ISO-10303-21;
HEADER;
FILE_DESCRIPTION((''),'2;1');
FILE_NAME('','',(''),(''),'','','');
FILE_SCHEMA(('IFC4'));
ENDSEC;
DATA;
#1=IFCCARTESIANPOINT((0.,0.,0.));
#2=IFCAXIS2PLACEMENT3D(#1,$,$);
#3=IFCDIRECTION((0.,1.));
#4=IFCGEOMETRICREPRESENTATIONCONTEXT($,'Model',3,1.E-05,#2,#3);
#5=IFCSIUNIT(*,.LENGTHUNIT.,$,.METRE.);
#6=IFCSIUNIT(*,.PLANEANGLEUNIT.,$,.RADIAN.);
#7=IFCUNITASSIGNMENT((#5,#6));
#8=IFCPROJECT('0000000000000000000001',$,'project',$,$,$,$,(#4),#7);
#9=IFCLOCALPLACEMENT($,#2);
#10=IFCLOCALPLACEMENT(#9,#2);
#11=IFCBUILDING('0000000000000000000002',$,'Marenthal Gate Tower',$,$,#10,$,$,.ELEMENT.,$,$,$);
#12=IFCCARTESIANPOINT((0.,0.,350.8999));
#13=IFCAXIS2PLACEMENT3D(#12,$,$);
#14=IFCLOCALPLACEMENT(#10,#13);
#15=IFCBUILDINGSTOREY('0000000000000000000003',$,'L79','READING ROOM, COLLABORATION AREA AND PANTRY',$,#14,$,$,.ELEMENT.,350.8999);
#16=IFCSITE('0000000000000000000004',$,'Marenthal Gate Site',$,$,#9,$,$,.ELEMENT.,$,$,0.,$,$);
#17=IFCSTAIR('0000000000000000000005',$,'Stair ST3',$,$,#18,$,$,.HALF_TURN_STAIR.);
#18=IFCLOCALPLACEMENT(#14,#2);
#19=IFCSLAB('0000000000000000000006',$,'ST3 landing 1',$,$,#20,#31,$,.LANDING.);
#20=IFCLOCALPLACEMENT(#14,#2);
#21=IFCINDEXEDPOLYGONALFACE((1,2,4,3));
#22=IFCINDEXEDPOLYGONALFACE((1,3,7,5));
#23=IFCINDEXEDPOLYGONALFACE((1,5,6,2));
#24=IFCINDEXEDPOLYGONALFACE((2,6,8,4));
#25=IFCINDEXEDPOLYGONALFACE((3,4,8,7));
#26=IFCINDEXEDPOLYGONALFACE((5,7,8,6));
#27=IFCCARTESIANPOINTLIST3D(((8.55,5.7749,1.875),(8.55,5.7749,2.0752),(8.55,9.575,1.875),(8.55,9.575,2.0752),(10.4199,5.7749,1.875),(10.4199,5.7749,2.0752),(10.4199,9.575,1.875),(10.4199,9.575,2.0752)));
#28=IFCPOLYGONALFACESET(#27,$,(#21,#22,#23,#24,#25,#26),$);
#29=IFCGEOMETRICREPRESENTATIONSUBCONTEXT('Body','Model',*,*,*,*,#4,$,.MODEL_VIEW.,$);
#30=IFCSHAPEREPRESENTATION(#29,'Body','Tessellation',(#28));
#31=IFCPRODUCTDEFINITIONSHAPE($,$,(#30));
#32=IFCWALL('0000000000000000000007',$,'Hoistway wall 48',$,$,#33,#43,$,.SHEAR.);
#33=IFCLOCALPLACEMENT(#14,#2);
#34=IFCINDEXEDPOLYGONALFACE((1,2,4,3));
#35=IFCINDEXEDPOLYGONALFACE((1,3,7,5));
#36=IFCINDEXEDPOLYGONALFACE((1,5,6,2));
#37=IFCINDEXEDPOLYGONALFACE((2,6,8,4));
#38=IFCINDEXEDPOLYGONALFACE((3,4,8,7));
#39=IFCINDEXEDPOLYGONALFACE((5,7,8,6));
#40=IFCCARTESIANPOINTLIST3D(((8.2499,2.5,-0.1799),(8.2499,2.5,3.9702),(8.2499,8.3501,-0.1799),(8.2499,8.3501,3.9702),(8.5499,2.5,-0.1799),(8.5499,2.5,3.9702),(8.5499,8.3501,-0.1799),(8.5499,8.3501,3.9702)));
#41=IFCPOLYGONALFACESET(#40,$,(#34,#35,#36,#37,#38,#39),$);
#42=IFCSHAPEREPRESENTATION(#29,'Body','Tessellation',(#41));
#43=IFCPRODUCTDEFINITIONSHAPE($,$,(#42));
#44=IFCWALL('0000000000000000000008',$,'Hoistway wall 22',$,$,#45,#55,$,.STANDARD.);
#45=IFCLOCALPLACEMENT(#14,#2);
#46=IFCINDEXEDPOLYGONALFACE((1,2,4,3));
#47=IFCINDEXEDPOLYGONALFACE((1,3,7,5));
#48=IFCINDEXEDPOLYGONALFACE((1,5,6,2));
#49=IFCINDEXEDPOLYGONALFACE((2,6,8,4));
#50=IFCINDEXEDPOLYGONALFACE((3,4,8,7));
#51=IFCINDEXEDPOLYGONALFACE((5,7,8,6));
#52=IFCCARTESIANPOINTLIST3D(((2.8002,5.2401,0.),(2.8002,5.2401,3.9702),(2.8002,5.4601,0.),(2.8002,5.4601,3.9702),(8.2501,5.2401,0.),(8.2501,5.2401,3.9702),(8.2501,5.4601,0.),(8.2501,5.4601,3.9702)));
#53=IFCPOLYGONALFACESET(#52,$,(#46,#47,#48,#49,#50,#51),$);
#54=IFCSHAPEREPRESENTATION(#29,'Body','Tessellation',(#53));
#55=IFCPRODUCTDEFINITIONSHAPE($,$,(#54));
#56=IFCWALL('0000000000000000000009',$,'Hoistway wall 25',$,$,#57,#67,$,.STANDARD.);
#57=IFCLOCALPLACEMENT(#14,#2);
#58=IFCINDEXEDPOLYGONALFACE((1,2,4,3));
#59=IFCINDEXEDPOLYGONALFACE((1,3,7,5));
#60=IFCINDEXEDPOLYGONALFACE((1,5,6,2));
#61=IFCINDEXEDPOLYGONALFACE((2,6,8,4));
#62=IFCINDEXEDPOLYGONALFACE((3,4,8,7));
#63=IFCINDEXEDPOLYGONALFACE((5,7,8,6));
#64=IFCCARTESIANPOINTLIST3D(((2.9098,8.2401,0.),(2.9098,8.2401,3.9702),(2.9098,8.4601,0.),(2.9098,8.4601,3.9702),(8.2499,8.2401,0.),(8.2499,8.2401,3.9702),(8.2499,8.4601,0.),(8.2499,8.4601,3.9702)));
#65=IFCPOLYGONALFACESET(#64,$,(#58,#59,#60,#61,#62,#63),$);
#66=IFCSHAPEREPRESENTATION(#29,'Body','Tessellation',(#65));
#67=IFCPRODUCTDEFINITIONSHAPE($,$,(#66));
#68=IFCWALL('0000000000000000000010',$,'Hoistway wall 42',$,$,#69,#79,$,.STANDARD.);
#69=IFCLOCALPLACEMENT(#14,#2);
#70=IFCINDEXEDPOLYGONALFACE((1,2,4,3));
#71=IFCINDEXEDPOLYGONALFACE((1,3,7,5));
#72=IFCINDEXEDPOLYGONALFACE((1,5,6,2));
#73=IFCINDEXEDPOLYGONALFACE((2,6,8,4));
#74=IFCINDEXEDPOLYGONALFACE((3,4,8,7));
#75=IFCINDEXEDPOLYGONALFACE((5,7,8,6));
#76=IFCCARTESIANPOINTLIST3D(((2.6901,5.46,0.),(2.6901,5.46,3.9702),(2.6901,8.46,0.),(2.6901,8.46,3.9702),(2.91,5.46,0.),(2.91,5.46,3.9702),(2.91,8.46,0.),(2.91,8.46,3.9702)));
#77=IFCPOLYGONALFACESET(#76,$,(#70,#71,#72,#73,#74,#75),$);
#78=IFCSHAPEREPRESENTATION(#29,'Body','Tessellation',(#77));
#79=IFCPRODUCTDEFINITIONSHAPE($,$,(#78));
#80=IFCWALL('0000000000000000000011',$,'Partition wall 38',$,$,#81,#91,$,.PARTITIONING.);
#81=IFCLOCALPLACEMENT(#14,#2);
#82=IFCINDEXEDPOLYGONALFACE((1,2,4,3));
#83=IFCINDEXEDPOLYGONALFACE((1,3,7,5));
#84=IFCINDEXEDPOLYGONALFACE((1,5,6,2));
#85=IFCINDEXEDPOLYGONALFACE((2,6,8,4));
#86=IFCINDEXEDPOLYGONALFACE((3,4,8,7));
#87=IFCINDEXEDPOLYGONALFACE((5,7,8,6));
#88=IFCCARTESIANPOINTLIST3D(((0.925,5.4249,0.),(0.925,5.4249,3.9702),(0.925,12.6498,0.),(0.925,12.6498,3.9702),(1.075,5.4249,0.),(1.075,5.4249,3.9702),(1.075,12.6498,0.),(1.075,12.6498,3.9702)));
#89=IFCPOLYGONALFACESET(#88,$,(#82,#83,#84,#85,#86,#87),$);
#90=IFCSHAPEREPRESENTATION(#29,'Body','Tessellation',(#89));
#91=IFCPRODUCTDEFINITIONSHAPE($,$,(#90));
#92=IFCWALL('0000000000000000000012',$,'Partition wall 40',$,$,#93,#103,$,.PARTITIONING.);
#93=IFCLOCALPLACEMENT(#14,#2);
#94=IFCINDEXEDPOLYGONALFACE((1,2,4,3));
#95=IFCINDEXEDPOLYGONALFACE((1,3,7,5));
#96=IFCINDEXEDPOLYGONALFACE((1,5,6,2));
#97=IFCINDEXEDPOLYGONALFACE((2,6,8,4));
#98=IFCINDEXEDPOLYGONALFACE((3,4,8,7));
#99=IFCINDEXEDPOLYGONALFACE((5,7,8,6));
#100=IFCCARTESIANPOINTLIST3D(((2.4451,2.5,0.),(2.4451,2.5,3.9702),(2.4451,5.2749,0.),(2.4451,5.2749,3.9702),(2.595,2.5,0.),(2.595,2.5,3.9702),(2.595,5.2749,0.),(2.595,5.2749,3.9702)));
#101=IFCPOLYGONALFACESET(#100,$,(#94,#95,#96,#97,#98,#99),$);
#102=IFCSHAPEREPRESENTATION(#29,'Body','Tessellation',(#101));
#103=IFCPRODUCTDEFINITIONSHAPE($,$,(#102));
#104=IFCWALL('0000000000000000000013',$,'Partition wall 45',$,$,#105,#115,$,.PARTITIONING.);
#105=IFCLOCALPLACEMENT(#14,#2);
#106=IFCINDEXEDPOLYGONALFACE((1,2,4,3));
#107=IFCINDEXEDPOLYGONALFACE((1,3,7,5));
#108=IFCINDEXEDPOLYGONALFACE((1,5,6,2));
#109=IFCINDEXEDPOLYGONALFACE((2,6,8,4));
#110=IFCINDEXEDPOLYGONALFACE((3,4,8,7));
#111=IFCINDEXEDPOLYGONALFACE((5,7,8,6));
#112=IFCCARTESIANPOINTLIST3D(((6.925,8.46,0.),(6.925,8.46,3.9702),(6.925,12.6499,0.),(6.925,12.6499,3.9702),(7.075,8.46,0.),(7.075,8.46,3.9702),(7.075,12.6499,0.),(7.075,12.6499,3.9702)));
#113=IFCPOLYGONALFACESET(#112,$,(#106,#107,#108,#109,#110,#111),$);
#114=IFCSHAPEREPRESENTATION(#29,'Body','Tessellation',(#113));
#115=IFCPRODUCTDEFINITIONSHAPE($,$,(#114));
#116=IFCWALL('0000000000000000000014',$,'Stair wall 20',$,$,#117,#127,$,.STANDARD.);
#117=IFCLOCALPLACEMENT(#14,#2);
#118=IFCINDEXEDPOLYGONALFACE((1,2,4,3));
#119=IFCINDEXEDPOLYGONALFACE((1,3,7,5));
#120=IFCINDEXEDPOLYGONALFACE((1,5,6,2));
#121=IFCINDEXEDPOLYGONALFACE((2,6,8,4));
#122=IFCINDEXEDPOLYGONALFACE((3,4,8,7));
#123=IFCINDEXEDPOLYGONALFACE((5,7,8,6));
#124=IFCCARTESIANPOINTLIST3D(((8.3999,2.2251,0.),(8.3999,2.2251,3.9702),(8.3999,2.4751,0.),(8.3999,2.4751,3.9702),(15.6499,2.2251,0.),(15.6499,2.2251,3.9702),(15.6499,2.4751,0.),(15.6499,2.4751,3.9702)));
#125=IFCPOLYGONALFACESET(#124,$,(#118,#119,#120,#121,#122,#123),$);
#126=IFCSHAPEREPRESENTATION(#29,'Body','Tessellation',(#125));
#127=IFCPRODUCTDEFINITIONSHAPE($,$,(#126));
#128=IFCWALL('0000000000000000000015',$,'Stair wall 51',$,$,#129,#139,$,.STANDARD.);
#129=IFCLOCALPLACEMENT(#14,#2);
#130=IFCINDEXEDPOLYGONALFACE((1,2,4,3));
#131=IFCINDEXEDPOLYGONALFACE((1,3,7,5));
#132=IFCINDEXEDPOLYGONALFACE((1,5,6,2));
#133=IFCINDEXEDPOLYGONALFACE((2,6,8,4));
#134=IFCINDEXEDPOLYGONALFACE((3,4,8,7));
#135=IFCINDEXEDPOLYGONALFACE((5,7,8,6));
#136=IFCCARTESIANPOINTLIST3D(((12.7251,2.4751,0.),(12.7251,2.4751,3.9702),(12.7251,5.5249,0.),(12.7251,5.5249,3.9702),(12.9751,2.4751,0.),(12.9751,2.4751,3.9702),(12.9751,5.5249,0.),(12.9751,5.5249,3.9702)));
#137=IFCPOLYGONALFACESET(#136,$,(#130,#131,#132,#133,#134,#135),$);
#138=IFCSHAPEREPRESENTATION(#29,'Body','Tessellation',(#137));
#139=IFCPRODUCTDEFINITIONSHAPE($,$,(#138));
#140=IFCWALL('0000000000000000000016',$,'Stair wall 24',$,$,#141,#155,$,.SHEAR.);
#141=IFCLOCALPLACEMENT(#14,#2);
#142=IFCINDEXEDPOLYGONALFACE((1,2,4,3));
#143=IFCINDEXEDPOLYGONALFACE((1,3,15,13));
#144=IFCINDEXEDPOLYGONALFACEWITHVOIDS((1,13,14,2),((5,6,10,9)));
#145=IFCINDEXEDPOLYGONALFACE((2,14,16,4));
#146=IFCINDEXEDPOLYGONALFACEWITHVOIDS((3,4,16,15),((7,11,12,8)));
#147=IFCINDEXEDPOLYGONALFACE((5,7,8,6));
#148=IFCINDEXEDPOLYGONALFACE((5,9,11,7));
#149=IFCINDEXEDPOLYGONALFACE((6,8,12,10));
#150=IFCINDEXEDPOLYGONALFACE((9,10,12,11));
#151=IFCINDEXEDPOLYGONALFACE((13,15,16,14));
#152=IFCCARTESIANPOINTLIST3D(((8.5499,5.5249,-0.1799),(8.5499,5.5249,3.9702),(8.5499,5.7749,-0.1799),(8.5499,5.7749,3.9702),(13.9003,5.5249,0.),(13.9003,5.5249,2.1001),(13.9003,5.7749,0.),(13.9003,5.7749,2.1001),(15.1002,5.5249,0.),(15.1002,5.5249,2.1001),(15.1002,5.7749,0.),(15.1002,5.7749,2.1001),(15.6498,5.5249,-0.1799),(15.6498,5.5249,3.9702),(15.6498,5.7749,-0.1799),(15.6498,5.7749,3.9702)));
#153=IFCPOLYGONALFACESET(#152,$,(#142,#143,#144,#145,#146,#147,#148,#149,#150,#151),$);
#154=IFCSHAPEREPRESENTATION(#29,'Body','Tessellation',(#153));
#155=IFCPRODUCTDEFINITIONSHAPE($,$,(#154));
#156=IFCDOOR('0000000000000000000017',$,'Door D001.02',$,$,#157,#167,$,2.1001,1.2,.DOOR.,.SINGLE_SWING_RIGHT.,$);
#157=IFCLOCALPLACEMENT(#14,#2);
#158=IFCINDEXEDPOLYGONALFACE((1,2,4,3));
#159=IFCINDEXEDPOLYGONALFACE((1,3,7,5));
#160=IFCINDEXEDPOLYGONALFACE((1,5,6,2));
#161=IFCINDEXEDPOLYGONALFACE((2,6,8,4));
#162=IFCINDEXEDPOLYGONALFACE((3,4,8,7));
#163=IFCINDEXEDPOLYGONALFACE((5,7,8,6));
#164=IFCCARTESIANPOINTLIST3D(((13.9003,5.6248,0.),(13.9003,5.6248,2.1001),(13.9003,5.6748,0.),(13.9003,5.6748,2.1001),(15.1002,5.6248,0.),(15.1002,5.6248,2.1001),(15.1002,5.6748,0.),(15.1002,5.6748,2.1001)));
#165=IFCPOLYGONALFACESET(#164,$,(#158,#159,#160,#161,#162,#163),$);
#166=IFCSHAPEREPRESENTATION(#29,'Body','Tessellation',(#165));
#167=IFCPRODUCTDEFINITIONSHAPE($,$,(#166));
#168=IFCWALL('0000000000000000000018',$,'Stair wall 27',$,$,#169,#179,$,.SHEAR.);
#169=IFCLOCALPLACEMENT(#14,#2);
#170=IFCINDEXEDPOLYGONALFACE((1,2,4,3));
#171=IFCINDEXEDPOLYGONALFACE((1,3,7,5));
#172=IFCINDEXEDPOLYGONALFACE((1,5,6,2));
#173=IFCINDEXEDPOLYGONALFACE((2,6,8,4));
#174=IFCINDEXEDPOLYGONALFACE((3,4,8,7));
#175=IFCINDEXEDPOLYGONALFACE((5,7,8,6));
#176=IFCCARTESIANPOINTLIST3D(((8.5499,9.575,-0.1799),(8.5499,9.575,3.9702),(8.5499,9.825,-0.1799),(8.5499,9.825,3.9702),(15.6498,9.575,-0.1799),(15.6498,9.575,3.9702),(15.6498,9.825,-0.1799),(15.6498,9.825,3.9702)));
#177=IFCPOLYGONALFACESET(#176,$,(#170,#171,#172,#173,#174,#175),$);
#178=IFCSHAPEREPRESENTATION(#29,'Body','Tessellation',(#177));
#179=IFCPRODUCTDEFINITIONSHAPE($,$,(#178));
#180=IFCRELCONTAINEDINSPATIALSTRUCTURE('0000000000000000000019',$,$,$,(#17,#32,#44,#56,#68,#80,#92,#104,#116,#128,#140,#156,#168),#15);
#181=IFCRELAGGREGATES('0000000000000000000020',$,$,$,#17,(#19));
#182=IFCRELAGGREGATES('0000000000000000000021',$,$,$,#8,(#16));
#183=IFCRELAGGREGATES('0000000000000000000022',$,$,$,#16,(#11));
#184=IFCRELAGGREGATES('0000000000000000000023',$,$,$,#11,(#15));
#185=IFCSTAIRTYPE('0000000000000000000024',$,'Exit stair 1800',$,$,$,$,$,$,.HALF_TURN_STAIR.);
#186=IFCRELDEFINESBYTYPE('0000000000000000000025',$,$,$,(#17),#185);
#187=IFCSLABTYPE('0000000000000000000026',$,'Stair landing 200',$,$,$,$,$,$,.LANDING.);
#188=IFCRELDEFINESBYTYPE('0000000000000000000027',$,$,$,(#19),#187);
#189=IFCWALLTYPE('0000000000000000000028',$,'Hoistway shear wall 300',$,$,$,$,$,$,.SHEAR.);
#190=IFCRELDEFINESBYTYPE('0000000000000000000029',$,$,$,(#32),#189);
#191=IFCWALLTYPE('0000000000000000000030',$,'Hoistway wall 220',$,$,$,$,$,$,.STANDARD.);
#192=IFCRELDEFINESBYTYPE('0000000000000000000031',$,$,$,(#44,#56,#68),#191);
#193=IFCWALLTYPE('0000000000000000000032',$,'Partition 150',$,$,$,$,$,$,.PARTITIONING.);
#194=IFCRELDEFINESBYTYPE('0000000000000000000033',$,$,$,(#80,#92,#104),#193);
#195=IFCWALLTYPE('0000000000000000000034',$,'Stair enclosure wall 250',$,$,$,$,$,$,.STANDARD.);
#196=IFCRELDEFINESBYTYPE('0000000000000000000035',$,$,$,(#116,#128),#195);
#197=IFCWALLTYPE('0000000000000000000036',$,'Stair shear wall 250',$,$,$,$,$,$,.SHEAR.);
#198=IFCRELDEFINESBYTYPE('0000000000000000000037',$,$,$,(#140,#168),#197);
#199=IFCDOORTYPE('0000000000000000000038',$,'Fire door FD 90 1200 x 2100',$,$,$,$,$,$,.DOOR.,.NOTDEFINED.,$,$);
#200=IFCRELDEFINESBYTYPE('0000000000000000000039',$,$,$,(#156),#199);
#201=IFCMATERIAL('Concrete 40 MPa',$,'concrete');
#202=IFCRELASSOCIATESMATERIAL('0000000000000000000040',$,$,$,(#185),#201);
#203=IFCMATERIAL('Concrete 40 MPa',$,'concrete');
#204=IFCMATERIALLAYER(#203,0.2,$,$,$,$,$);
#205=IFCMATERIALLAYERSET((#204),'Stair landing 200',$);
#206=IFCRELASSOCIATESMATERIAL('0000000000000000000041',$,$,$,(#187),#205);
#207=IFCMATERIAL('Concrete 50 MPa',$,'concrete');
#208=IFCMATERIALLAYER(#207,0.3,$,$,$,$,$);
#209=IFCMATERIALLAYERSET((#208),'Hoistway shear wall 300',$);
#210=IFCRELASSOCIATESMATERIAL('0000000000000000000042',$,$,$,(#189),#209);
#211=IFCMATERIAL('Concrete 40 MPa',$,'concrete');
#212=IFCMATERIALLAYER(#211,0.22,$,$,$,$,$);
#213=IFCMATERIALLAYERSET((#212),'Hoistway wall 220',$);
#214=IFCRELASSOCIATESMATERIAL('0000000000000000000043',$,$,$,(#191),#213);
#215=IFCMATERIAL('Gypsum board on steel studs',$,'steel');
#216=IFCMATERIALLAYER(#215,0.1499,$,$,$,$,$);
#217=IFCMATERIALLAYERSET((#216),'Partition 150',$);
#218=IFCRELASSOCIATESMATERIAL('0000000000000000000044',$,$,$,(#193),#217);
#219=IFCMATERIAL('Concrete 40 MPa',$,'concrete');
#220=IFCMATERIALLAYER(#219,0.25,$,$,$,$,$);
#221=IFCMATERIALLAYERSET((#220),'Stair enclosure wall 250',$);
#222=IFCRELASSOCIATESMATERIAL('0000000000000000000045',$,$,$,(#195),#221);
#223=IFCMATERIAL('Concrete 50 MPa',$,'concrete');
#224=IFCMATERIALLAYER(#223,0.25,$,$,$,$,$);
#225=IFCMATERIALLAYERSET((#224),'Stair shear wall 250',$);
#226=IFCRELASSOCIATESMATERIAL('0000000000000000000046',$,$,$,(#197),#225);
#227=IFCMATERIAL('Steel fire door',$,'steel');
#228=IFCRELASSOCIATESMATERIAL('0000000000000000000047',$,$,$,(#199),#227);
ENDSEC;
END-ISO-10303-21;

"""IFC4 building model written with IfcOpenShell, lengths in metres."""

from ifc_helpers import new_model, si_unit, direction, frame, frame_2d, origin, place, context, subcontext, project, spatial, polyline, rectangle, outline, extrude, material, layer, layer_set, type_object, element, fill, aggregate, save


model = new_model("IFC4")

# Units and contexts
model_context = context("Model", 3, precision=1e-05, world=origin(), true_north=direction((0.0, 1.0)))
body_context = subcontext(model_context, "Body", "Model", "MODEL_VIEW")
ifc_project = project(units=[si_unit("LENGTHUNIT", "METRE"), si_unit("PLANEANGLEUNIT", "RADIAN")], contexts=[model_context])

# Site, building, storey
site_placement = place(None, origin())
site = spatial("IfcSite", under=ifc_project, at=site_placement, Name="Marenthal Gate Site", CompositionType="ELEMENT", RefElevation=0.0)
building_placement = place(site_placement, origin())
building = spatial("IfcBuilding", under=site, at=building_placement, Name="Marenthal Gate Tower", CompositionType="ELEMENT")
storey_placement = place(building_placement, frame((0.0, 0.0, 350.8999)))
storey = spatial("IfcBuildingStorey", under=building, at=storey_placement, Name="L79", Description="READING ROOM, COLLABORATION AREA AND PANTRY", CompositionType="ELEMENT", Elevation=350.8999)

# Stair, slab
ifc_material_1 = material(Name="Concrete 40 MPa", Category="concrete")
stair_type = type_object("IfcStairType", Name="Exit stair 1800", PredefinedType="HALF_TURN_STAIR", material=ifc_material_1)
stair_placement = place(storey_placement, origin())
stair = element("IfcStair", 1, at=stair_placement, inside=storey, type_object=stair_type, Name="Stair ST3", PredefinedType="HALF_TURN_STAIR")
ifc_material_2 = material(Name="Concrete 40 MPa", Category="concrete")
ifc_layer_1 = layer(ifc_material_2, 0.2)
ifc_layer_set_1 = layer_set([ifc_layer_1], Name="Stair landing 200")
slab_type = type_object("IfcSlabType", Name="Stair landing 200", PredefinedType="LANDING", material=ifc_layer_set_1)
slab_placement = place(storey_placement, frame((0.0, 0.0, 1.875)))
slab = element("IfcSlab", 2, at=slab_placement, type_object=slab_type, Name="ST3 landing 1", PredefinedType="LANDING", context=body_context, shape_type="SweptSolid", body=[
    extrude(outline(polyline([(8.55, 5.7749), (10.4199, 5.7749), (10.4199, 9.575), (8.55, 9.575), (8.55, 5.7749)])), origin(), (0.0, 0.0, 1.0), 0.2002),
])

# Walls
ifc_material_3 = material(Name="Concrete 50 MPa", Category="concrete")
ifc_layer_2 = layer(ifc_material_3, 0.3)
ifc_layer_set_2 = layer_set([ifc_layer_2], Name="Hoistway shear wall 300")
wall_type_1 = type_object("IfcWallType", Name="Hoistway shear wall 300", PredefinedType="SHEAR", material=ifc_layer_set_2)
wall_1_placement = place(storey_placement, frame((8.3999, 2.5, -0.1799), z_axis=(0.0, 0.0, 1.0), x_axis=(0.0, 1.0, 0.0)))
element("IfcWall", 3, at=wall_1_placement, inside=storey, type_object=wall_type_1, Name="Hoistway wall 48", PredefinedType="SHEAR", context=body_context, shape_type="SweptSolid", body=[
    extrude(rectangle(XDim=5.8501, YDim=0.3, at=frame_2d((2.925, 0.0))), origin(), (0.0, 0.0, 1.0), 4.1501),
])
ifc_material_4 = material(Name="Concrete 40 MPa", Category="concrete")
ifc_layer_3 = layer(ifc_material_4, 0.22)
ifc_layer_set_3 = layer_set([ifc_layer_3], Name="Hoistway wall 220")
wall_type_2 = type_object("IfcWallType", Name="Hoistway wall 220", PredefinedType="STANDARD", material=ifc_layer_set_3)
wall_2_placement = place(storey_placement, frame((2.8, 5.3501, 0.0), z_axis=(0.0, 0.0, 1.0), x_axis=(1.0, 0.0, 0.0)))
element("IfcWall", 4, at=wall_2_placement, inside=storey, type_object=wall_type_2, Name="Hoistway wall 22", PredefinedType="STANDARD", context=body_context, shape_type="SweptSolid", body=[
    extrude(rectangle(XDim=5.45, YDim=0.22, at=frame_2d((2.7251, 0.0))), origin(), (0.0, 0.0, 1.0), 3.9702),
])
wall_3_placement = place(storey_placement, frame((2.9099, 8.3501, 0.0), z_axis=(0.0, 0.0, 1.0), x_axis=(1.0, 0.0, 0.0)))
element("IfcWall", 5, at=wall_3_placement, inside=storey, type_object=wall_type_2, Name="Hoistway wall 25", PredefinedType="STANDARD", context=body_context, shape_type="SweptSolid", body=[
    extrude(rectangle(XDim=5.3401, YDim=0.22, at=frame_2d((2.6699, 0.0))), origin(), (0.0, 0.0, 1.0), 3.9702),
])
wall_4_placement = place(storey_placement, frame((2.8, 5.46, 0.0), z_axis=(0.0, 0.0, 1.0), x_axis=(0.0, 1.0, 0.0)))
element("IfcWall", 6, at=wall_4_placement, inside=storey, type_object=wall_type_2, Name="Hoistway wall 42", PredefinedType="STANDARD", context=body_context, shape_type="SweptSolid", body=[
    extrude(rectangle(XDim=3.0, YDim=0.22, at=frame_2d((1.5, 0.0))), origin(), (0.0, 0.0, 1.0), 3.9702),
])
ifc_material_5 = material(Name="Gypsum board on steel studs", Category="steel")
ifc_layer_4 = layer(ifc_material_5, 0.1499)
ifc_layer_set_4 = layer_set([ifc_layer_4], Name="Partition 150")
wall_type_3 = type_object("IfcWallType", Name="Partition 150", PredefinedType="PARTITIONING", material=ifc_layer_set_4)
wall_5_placement = place(storey_placement, frame((1.0, 5.425, 0.0), z_axis=(0.0, 0.0, 1.0), x_axis=(0.0, 1.0, 0.0)))
element("IfcWall", 7, at=wall_5_placement, inside=storey, type_object=wall_type_3, Name="Partition wall 38", PredefinedType="PARTITIONING", context=body_context, shape_type="SweptSolid", body=[
    extrude(rectangle(XDim=7.2249, YDim=0.1499, at=frame_2d((3.6123, 0.0))), origin(), (0.0, 0.0, 1.0), 3.9702),
])
wall_6_placement = place(storey_placement, frame((2.52, 2.5, 0.0), z_axis=(0.0, 0.0, 1.0), x_axis=(0.0, 1.0, 0.0)))
element("IfcWall", 8, at=wall_6_placement, inside=storey, type_object=wall_type_3, Name="Partition wall 40", PredefinedType="PARTITIONING", context=body_context, shape_type="SweptSolid", body=[
    extrude(rectangle(XDim=2.7749, YDim=0.1499, at=frame_2d((1.3875, 0.0))), origin(), (0.0, 0.0, 1.0), 3.9702),
])
wall_7_placement = place(storey_placement, frame((7.0, 8.46, 0.0), z_axis=(0.0, 0.0, 1.0), x_axis=(0.0, 1.0, 0.0)))
element("IfcWall", 9, at=wall_7_placement, inside=storey, type_object=wall_type_3, Name="Partition wall 45", PredefinedType="PARTITIONING", context=body_context, shape_type="SweptSolid", body=[
    extrude(rectangle(XDim=4.1899, YDim=0.1499, at=frame_2d((2.095, 0.0))), origin(), (0.0, 0.0, 1.0), 3.9702),
])
ifc_material_6 = material(Name="Concrete 40 MPa", Category="concrete")
ifc_layer_5 = layer(ifc_material_6, 0.25)
ifc_layer_set_5 = layer_set([ifc_layer_5], Name="Stair enclosure wall 250")
wall_type_4 = type_object("IfcWallType", Name="Stair enclosure wall 250", PredefinedType="STANDARD", material=ifc_layer_set_5)
wall_8_placement = place(storey_placement, frame((8.3999, 2.3501, 0.0), z_axis=(0.0, 0.0, 1.0), x_axis=(1.0, 0.0, 0.0)))
element("IfcWall", 10, at=wall_8_placement, inside=storey, type_object=wall_type_4, Name="Stair wall 20", PredefinedType="STANDARD", context=body_context, shape_type="SweptSolid", body=[
    extrude(rectangle(XDim=7.25, YDim=0.25, at=frame_2d((3.625, 0.0))), origin(), (0.0, 0.0, 1.0), 3.9702),
])
wall_9_placement = place(storey_placement, frame((12.8501, 2.4751, 0.0), z_axis=(0.0, 0.0, 1.0), x_axis=(0.0, 1.0, 0.0)))
element("IfcWall", 11, at=wall_9_placement, inside=storey, type_object=wall_type_4, Name="Stair wall 51", PredefinedType="STANDARD", context=body_context, shape_type="SweptSolid", body=[
    extrude(rectangle(XDim=3.0498, YDim=0.25, at=frame_2d((1.5249, 0.0))), origin(), (0.0, 0.0, 1.0), 3.9702),
])

# Wall, opening, door
ifc_material_7 = material(Name="Concrete 50 MPa", Category="concrete")
ifc_layer_6 = layer(ifc_material_7, 0.25)
ifc_layer_set_6 = layer_set([ifc_layer_6], Name="Stair shear wall 250")
wall_type_5 = type_object("IfcWallType", Name="Stair shear wall 250", PredefinedType="SHEAR", material=ifc_layer_set_6)
wall_10_placement = place(storey_placement, frame((8.55, 5.6499, -0.1799), z_axis=(0.0, 0.0, 1.0), x_axis=(1.0, 0.0, 0.0)))
wall_10 = element("IfcWall", 12, at=wall_10_placement, inside=storey, type_object=wall_type_5, Name="Stair wall 24", PredefinedType="SHEAR", context=body_context, shape_type="SweptSolid", body=[
    extrude(rectangle(XDim=7.0999, YDim=0.25, at=frame_2d((3.5498, 0.0))), origin(), (0.0, 0.0, 1.0), 4.1501),
])
opening_placement = place(wall_10_placement, frame((5.3501, 0.0, 0.1799)))
opening = element("IfcOpeningElement", 13, at=opening_placement, cuts=wall_10, PredefinedType="OPENING", context=body_context, shape_type="SweptSolid", body=[
    extrude(rectangle(XDim=1.2, YDim=2.1001, at=frame_2d((0.6001, 1.05))), frame((0.0, 0.135, 0.0), z_axis=(0.0, -1.0, 0.0), x_axis=(1.0, 0.0, 0.0)), (0.0, 0.0, 1.0), 0.27),
])
ifc_material_8 = material(Name="Steel fire door", Category="steel")
door_type = type_object("IfcDoorType", Name="Fire door FD 90 1200 x 2100", OperationType="NOTDEFINED", PredefinedType="DOOR", material=ifc_material_8)
door_placement = place(opening_placement, origin())
door = element("IfcDoor", 14, at=door_placement, inside=storey, type_object=door_type, Name="Door D001.02", OperationType="SINGLE_SWING_RIGHT", OverallHeight=2.1001, OverallWidth=1.2, PredefinedType="DOOR", context=body_context, shape_type="SweptSolid", body=[
    extrude(rectangle(XDim=1.2, YDim=2.1001, at=frame_2d((0.6001, 1.05))), frame((0.0, 0.0249, 0.0), z_axis=(0.0, -1.0, 0.0), x_axis=(1.0, 0.0, 0.0)), (0.0, 0.0, 1.0), 0.05),
])
fill(opening, door)

# Wall
wall_11_placement = place(storey_placement, frame((8.55, 9.7, -0.1799), z_axis=(0.0, 0.0, 1.0), x_axis=(1.0, 0.0, 0.0)))
element("IfcWall", 15, at=wall_11_placement, inside=storey, type_object=wall_type_5, Name="Stair wall 27", PredefinedType="SHEAR", context=body_context, shape_type="SweptSolid", body=[
    extrude(rectangle(XDim=7.0999, YDim=0.25, at=frame_2d((3.5498, 0.0))), origin(), (0.0, 0.0, 1.0), 4.1501),
])

aggregate(stair, [slab])

save(model, "model.ifc")
